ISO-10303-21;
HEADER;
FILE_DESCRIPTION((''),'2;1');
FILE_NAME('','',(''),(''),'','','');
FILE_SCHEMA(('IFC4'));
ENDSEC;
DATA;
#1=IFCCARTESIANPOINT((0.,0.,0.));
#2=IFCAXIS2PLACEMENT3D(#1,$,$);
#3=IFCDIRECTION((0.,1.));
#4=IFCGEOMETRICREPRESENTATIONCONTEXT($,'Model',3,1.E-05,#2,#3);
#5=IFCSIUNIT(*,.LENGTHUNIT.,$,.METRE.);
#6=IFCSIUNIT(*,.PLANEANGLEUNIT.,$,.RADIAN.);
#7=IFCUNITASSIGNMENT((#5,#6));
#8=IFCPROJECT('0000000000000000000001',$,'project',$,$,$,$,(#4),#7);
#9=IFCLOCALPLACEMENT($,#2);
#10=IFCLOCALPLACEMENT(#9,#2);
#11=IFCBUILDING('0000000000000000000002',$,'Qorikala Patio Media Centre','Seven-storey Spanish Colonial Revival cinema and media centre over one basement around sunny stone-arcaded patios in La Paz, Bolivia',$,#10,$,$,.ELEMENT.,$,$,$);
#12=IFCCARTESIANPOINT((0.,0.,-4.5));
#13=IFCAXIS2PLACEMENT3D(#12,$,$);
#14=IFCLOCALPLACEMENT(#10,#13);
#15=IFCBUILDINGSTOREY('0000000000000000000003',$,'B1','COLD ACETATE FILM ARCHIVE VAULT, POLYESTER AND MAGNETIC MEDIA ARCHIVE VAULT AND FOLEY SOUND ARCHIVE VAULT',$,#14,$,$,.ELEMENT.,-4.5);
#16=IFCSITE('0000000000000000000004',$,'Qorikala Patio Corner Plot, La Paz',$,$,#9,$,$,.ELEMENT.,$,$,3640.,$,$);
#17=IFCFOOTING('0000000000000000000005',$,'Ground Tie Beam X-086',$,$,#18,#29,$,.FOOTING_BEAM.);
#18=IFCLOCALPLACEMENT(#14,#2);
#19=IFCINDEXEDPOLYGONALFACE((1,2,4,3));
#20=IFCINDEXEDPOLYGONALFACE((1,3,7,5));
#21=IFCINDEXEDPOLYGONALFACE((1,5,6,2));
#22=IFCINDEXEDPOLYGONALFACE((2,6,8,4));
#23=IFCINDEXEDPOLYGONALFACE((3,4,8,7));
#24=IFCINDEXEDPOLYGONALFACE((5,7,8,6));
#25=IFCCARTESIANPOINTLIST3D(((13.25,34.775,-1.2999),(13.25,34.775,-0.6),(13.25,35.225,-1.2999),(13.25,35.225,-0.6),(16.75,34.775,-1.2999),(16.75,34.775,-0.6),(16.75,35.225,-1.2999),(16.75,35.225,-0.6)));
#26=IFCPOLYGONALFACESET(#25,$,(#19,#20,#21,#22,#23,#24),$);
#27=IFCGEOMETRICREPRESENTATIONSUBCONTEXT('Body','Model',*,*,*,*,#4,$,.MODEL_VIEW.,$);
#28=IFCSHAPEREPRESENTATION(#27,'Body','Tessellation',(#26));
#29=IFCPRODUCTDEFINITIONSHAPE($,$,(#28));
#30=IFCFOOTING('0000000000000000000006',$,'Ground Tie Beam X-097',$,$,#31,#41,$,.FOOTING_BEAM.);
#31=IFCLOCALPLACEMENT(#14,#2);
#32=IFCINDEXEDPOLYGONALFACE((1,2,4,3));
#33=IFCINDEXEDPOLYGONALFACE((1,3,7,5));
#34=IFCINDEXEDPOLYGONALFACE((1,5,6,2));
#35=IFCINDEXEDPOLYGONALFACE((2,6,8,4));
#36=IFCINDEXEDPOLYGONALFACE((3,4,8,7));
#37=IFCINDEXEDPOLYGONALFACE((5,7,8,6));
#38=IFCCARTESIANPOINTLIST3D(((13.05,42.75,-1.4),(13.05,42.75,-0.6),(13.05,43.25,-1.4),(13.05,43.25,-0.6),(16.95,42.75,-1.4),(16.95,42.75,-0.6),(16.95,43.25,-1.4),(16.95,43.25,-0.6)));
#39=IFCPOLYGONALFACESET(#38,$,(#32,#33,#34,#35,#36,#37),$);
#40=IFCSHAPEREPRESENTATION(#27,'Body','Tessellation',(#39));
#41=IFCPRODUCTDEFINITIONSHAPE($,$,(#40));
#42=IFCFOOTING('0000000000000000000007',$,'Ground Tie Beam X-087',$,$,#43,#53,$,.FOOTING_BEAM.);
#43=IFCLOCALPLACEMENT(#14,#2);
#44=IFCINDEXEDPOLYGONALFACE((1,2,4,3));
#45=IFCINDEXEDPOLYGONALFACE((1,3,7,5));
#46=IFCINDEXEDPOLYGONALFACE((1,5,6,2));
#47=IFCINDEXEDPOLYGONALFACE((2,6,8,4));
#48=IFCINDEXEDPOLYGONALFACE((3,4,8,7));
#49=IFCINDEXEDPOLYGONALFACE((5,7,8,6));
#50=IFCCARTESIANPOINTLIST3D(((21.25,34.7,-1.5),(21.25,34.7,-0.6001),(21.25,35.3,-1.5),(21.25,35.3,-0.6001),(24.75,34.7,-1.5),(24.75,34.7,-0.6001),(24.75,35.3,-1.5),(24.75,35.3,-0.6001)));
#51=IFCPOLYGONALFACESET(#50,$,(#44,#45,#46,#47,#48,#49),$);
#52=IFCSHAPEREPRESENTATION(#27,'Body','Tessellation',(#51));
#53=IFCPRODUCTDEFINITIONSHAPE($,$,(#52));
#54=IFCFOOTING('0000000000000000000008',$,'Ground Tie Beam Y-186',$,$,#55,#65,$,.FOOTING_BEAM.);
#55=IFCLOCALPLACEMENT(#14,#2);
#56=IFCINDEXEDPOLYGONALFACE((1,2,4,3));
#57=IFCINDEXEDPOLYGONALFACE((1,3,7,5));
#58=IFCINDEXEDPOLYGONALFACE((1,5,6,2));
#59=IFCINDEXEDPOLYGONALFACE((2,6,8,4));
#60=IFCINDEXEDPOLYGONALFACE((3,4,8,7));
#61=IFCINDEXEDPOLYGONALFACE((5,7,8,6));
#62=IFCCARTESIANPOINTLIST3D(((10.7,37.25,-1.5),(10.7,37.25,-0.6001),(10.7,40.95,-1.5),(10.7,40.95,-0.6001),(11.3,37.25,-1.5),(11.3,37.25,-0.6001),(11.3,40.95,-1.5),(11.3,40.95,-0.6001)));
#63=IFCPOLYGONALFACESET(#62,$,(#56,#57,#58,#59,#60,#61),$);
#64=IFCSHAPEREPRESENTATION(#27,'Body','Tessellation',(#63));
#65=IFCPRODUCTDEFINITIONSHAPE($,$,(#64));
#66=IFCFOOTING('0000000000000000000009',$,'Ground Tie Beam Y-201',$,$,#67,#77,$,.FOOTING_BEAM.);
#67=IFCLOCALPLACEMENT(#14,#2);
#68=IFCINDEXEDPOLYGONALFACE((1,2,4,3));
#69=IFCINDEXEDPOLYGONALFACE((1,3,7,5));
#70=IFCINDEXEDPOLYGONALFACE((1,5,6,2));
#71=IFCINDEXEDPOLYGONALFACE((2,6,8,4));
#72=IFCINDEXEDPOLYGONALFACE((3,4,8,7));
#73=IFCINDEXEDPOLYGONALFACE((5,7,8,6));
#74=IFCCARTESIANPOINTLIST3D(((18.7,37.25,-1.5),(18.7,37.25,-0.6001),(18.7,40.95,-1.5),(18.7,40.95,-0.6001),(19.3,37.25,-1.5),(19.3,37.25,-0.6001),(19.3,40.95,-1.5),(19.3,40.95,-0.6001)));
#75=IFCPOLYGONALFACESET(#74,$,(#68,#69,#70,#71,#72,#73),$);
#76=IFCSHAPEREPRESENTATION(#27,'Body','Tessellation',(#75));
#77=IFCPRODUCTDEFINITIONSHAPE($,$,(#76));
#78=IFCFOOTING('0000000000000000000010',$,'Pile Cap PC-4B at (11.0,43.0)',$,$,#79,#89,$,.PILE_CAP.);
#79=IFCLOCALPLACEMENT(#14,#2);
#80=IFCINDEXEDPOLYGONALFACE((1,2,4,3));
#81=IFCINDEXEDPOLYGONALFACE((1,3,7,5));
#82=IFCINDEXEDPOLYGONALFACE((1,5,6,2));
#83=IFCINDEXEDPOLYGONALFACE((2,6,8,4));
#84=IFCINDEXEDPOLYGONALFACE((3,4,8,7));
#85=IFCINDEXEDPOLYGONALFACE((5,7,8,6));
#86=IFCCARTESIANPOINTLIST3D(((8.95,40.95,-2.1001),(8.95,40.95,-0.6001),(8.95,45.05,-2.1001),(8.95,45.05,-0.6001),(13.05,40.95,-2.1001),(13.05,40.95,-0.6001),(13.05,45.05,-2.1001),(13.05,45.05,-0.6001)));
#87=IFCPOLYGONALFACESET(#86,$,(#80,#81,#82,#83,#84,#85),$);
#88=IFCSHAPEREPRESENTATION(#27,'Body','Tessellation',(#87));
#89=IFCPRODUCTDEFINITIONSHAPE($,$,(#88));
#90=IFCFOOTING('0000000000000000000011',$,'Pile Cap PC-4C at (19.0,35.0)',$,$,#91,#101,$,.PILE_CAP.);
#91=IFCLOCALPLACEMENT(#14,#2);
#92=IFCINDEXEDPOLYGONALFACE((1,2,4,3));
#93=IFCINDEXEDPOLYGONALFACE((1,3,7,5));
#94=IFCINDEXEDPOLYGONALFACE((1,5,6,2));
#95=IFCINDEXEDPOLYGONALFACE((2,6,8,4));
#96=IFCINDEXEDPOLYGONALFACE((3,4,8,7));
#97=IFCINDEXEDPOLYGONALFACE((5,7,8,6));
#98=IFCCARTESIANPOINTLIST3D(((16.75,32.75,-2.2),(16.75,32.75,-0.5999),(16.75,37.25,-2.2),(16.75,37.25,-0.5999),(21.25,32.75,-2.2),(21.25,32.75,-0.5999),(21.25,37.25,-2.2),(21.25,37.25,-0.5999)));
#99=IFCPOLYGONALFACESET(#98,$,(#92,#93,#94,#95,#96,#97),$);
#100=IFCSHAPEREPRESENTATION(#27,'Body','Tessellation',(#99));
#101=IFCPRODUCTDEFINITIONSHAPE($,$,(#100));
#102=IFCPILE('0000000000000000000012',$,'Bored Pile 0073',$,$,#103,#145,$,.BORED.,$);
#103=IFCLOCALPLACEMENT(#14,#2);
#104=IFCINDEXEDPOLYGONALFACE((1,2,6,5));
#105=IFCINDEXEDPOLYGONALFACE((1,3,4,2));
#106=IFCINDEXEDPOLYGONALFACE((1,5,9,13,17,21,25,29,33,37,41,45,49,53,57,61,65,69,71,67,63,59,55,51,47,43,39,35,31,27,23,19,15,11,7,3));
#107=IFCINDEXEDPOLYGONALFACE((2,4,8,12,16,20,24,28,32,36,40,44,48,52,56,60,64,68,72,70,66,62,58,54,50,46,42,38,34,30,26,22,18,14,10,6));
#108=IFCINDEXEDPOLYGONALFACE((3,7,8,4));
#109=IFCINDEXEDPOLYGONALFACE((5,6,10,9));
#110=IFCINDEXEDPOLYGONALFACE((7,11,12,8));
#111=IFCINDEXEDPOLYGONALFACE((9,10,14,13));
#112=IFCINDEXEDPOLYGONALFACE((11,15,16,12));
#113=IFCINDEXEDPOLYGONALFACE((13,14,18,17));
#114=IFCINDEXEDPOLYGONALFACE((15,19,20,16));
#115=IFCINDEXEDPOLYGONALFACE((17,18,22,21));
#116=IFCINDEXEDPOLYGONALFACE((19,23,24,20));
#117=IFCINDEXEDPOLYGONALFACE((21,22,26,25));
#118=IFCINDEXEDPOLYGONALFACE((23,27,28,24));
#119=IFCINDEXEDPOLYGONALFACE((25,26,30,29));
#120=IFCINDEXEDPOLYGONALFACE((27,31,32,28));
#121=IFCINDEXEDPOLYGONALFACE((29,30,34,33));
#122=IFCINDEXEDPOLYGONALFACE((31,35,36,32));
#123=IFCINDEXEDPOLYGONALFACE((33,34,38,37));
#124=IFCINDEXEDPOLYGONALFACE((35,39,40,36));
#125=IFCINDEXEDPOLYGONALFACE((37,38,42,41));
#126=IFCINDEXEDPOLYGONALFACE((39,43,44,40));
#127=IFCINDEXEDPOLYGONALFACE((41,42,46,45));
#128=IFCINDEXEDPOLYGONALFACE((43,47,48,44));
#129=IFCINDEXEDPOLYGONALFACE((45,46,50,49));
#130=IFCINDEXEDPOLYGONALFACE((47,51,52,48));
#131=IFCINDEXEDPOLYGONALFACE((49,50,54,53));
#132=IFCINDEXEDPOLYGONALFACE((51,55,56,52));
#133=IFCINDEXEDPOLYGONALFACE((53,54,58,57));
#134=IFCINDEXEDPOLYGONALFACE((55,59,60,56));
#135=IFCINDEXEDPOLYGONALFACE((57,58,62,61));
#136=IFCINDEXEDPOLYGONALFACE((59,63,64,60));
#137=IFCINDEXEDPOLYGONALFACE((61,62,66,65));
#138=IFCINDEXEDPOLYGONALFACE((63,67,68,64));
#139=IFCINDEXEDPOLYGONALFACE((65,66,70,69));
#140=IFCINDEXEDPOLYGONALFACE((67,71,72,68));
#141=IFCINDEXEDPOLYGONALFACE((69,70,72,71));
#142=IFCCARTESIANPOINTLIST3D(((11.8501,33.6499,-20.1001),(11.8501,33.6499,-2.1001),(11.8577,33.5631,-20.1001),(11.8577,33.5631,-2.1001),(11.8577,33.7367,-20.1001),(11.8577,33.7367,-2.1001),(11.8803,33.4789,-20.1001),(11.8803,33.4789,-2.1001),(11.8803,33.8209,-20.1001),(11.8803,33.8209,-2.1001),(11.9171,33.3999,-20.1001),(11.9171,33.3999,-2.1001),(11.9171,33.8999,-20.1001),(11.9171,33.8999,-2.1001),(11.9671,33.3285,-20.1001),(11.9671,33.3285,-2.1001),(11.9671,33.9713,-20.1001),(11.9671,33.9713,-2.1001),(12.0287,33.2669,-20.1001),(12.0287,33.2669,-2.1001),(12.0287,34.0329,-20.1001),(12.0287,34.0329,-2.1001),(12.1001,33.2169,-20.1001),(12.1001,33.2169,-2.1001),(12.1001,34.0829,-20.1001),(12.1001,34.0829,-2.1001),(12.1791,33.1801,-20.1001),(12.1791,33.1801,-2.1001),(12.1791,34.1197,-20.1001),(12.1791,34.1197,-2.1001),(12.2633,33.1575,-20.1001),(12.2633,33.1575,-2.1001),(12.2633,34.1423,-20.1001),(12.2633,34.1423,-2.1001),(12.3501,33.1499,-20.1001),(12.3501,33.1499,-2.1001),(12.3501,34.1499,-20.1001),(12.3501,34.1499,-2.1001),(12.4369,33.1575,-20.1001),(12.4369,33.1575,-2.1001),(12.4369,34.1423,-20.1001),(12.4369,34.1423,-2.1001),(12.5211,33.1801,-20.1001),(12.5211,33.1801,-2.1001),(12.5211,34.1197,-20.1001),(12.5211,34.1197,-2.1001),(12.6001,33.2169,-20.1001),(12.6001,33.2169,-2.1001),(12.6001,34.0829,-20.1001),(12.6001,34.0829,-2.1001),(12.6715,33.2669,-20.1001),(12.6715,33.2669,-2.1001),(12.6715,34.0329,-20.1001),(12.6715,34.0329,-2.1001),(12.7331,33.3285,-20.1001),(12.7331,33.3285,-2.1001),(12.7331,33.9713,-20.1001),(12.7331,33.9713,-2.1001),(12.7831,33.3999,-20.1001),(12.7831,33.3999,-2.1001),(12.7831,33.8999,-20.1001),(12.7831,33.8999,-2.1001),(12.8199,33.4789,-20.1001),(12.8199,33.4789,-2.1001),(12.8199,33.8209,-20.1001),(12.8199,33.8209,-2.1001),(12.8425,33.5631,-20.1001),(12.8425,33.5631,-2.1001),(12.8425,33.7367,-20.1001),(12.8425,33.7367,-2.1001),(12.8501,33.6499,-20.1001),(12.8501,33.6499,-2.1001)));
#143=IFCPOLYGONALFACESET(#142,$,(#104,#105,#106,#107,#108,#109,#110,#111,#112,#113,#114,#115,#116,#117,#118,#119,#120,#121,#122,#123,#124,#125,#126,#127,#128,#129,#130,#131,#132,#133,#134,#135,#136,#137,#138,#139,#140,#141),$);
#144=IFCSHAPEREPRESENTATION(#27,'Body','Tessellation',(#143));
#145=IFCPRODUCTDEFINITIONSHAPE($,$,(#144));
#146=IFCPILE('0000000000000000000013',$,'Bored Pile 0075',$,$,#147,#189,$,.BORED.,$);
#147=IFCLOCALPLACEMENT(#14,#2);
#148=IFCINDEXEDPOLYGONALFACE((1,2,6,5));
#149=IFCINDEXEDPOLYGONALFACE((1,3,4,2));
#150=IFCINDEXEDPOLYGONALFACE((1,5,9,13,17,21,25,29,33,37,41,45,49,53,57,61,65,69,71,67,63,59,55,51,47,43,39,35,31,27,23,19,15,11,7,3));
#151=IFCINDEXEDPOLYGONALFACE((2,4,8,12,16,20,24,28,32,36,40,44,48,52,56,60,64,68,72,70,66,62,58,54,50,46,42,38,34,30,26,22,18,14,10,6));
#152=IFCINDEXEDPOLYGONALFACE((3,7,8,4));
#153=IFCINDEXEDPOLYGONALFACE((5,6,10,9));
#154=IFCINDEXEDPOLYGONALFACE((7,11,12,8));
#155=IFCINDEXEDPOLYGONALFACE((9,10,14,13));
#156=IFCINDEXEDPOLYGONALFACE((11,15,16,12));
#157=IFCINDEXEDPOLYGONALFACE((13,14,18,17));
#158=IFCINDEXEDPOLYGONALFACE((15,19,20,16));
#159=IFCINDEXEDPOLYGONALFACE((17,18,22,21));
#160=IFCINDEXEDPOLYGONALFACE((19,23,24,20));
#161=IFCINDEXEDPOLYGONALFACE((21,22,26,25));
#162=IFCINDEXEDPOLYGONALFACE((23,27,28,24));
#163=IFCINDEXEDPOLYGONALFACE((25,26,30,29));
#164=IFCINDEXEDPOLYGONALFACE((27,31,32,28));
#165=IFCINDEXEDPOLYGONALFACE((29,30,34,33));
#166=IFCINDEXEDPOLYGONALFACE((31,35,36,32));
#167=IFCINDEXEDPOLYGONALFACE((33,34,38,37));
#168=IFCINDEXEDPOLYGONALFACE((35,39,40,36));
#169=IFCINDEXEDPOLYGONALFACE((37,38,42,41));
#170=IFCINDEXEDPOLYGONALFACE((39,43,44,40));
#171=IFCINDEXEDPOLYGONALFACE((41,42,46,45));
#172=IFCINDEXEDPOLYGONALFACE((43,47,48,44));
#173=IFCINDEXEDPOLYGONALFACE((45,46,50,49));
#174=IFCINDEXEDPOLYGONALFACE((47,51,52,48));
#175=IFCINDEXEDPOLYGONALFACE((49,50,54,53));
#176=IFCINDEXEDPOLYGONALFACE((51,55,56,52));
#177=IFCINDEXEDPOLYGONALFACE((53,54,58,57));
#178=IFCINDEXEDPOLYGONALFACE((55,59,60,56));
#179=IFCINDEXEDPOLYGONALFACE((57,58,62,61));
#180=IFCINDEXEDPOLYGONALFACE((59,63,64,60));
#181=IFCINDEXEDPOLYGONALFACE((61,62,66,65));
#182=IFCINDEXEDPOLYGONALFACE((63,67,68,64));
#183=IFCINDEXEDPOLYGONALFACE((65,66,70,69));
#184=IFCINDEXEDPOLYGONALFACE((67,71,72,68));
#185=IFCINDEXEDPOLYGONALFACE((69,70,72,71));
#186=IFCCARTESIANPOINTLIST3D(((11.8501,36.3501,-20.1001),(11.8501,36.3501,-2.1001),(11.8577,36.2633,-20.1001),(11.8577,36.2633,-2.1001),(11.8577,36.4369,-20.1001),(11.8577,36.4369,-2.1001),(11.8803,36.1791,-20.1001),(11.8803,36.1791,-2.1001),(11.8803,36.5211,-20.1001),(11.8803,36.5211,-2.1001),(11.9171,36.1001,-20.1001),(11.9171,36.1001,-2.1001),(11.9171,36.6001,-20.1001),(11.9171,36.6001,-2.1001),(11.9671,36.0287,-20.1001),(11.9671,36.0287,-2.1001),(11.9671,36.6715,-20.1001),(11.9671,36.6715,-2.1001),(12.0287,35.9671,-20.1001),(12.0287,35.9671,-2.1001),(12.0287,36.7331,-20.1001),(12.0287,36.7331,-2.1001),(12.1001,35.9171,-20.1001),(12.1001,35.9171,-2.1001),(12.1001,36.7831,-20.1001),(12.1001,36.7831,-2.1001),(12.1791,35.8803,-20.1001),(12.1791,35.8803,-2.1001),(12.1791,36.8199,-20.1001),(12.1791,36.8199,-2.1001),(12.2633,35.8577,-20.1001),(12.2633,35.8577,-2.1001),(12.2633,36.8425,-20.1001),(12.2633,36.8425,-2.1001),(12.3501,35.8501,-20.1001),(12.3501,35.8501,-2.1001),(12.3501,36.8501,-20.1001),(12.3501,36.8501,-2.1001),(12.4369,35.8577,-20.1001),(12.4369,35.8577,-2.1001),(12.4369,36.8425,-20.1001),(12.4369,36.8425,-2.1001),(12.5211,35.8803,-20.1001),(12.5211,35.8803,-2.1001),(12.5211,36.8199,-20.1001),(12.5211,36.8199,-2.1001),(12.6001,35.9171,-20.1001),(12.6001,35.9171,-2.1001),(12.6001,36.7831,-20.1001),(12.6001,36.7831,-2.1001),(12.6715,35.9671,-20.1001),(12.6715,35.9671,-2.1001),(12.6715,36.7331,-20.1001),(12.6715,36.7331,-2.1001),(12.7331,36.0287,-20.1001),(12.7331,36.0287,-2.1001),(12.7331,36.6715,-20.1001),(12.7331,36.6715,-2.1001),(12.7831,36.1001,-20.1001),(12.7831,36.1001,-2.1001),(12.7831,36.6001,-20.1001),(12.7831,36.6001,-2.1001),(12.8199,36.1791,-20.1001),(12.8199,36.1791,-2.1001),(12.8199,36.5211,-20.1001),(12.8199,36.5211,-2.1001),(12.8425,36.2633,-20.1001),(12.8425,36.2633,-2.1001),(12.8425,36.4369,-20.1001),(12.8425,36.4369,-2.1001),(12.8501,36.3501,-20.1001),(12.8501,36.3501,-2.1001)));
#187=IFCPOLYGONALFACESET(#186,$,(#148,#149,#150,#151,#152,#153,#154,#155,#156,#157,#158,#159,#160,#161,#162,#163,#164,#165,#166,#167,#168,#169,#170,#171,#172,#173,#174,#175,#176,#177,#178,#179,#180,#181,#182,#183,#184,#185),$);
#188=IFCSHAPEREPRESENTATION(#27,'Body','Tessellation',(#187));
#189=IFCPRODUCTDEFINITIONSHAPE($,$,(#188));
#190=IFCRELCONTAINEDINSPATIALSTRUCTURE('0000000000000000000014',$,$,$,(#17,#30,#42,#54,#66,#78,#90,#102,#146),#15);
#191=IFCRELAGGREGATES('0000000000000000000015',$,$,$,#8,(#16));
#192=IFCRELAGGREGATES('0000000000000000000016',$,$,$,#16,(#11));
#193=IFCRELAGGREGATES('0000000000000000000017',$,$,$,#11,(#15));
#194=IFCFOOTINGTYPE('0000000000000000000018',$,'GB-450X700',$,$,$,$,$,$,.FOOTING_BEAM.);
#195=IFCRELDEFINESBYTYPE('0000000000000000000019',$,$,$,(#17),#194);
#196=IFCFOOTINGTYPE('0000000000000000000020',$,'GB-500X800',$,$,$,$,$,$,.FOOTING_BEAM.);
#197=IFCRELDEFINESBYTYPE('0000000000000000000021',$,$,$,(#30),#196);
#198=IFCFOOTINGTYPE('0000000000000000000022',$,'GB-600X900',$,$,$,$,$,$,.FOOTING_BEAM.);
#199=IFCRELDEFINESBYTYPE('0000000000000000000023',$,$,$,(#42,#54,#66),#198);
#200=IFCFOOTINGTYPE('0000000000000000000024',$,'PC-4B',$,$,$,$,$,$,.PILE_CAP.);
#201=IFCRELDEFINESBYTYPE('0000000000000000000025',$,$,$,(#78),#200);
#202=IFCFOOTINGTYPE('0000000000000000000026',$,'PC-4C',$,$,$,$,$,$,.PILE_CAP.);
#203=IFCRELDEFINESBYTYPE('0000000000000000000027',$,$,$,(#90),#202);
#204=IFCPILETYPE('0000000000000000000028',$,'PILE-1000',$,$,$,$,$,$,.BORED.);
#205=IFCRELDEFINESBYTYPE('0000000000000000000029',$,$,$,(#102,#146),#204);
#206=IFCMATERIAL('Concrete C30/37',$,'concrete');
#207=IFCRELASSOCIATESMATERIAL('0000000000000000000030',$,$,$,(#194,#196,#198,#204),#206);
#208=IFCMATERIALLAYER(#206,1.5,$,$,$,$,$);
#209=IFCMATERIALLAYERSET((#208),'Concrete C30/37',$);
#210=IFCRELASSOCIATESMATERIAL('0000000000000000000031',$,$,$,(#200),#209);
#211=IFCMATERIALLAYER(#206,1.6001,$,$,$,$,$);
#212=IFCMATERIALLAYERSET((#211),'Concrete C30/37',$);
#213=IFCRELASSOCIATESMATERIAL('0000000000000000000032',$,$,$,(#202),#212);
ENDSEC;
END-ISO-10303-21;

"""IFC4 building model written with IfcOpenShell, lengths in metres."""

from ifc_helpers import new_model, si_unit, direction, frame, origin, origin_2d, place, context, subcontext, project, spatial, rectangle, circle, extrude, material, layer, layer_set, material_profile, profile_set, type_object, element, save


model = new_model("IFC4")

# Units and contexts
model_context = context("Model", 3, precision=1e-05, world=origin(), true_north=direction((0.0, 1.0)))
body_context = subcontext(model_context, "Body", "Model", "MODEL_VIEW")
ifc_project = project(units=[si_unit("LENGTHUNIT", "METRE"), si_unit("PLANEANGLEUNIT", "RADIAN")], contexts=[model_context])

# Site, building, storey
site_placement = place(None, origin())
site = spatial("IfcSite", under=ifc_project, at=site_placement, Name="Qorikala Patio Corner Plot, La Paz", CompositionType="ELEMENT", RefElevation=3640.0)
building_placement = place(site_placement, origin())
building = spatial("IfcBuilding", under=site, at=building_placement, Name="Qorikala Patio Media Centre", Description="Seven-storey Spanish Colonial Revival cinema and media centre over one basement around sunny stone-arcaded patios in La Paz, Bolivia", CompositionType="ELEMENT")
storey_placement = place(building_placement, frame((0.0, 0.0, -4.5)))
storey = spatial("IfcBuildingStorey", under=building, at=storey_placement, Name="B1", Description="COLD ACETATE FILM ARCHIVE VAULT, POLYESTER AND MAGNETIC MEDIA ARCHIVE VAULT AND FOLEY SOUND ARCHIVE VAULT", CompositionType="ELEMENT", Elevation=-4.5)

# Footings
ifc_material_1 = material(Name="Concrete C30/37", Category="concrete")
ifc_material_profile_1 = material_profile(ifc_material_1, rectangle(XDim=0.45, YDim=0.7, at=origin_2d()), Name="RC 450x700")
ifc_profile_set_1 = profile_set([ifc_material_profile_1], Name="Concrete C30/37")
footing_type_1 = type_object("IfcFootingType", Name="GB-450X700", PredefinedType="FOOTING_BEAM", material=ifc_profile_set_1)
footing_1_placement = place(storey_placement, frame((13.25, 35.0, -0.95), z_axis=(1.0, 0.0, 0.0), x_axis=(0.0, 1.0, 0.0)))
element("IfcFooting", 1, at=footing_1_placement, inside=storey, type_object=footing_type_1, Name="Ground Tie Beam X-086", PredefinedType="FOOTING_BEAM", context=body_context, shape_type="SweptSolid", body=[
    extrude(rectangle(XDim=0.45, YDim=0.7, at=origin_2d()), origin(), (0.0, 0.0, 1.0), 3.5),
])
ifc_material_profile_2 = material_profile(ifc_material_1, rectangle(XDim=0.5, YDim=0.8, at=origin_2d()), Name="RC 500x800")
ifc_profile_set_2 = profile_set([ifc_material_profile_2], Name="Concrete C30/37")
footing_type_2 = type_object("IfcFootingType", Name="GB-500X800", PredefinedType="FOOTING_BEAM", material=ifc_profile_set_2)
footing_2_placement = place(storey_placement, frame((13.05, 43.0, -1.0), z_axis=(1.0, 0.0, 0.0), x_axis=(0.0, 1.0, 0.0)))
element("IfcFooting", 2, at=footing_2_placement, inside=storey, type_object=footing_type_2, Name="Ground Tie Beam X-097", PredefinedType="FOOTING_BEAM", context=body_context, shape_type="SweptSolid", body=[
    extrude(rectangle(XDim=0.5, YDim=0.8, at=origin_2d()), origin(), (0.0, 0.0, 1.0), 3.8999),
])
ifc_material_profile_3 = material_profile(ifc_material_1, rectangle(XDim=0.6001, YDim=0.8999, at=origin_2d()), Name="RC 600x900")
ifc_profile_set_3 = profile_set([ifc_material_profile_3], Name="Concrete C30/37")
footing_type_3 = type_object("IfcFootingType", Name="GB-600X900", PredefinedType="FOOTING_BEAM", material=ifc_profile_set_3)
footing_3_placement = place(storey_placement, frame((21.25, 35.0, -1.05), z_axis=(1.0, 0.0, 0.0), x_axis=(0.0, 1.0, 0.0)))
element("IfcFooting", 3, at=footing_3_placement, inside=storey, type_object=footing_type_3, Name="Ground Tie Beam X-087", PredefinedType="FOOTING_BEAM", context=body_context, shape_type="SweptSolid", body=[
    extrude(rectangle(XDim=0.6001, YDim=0.8999, at=origin_2d()), origin(), (0.0, 0.0, 1.0), 3.5),
])
for number, where, z_axis, x_axis, name in (
    (4, (11.0, 37.25, -1.05), (0.0, 1.0, 0.0), (-1.0, 0.0, 0.0), "Ground Tie Beam Y-186"),
    (5, (19.0, 37.25, -1.05), (0.0, 1.0, 0.0), (-1.0, 0.0, 0.0), "Ground Tie Beam Y-201"),
):
    element("IfcFooting", number, at=place(storey_placement, frame(where, z_axis=z_axis, x_axis=x_axis)), inside=storey, type_object=footing_type_3, Name=name, PredefinedType="FOOTING_BEAM", context=body_context, shape_type="SweptSolid", body=[
        extrude(rectangle(XDim=0.6001, YDim=0.8999, at=origin_2d()), origin(), (0.0, 0.0, 1.0), 3.7),
    ])
ifc_layer_1 = layer(ifc_material_1, 1.5)
ifc_layer_set_1 = layer_set([ifc_layer_1], Name="Concrete C30/37")
footing_type_4 = type_object("IfcFootingType", Name="PC-4B", PredefinedType="PILE_CAP", material=ifc_layer_set_1)
footing_4_placement = place(storey_placement, frame((11.0, 43.0, -2.1001), z_axis=(0.0, 0.0, 1.0), x_axis=(1.0, 0.0, 0.0)))
element("IfcFooting", 6, at=footing_4_placement, inside=storey, type_object=footing_type_4, Name="Pile Cap PC-4B at (11.0,43.0)", PredefinedType="PILE_CAP", context=body_context, shape_type="SweptSolid", body=[
    extrude(rectangle(XDim=4.1001, YDim=4.1001, at=origin_2d()), origin(), (0.0, 0.0, 1.0), 1.5),
])
ifc_layer_2 = layer(ifc_material_1, 1.6001)
ifc_layer_set_2 = layer_set([ifc_layer_2], Name="Concrete C30/37")
footing_type_5 = type_object("IfcFootingType", Name="PC-4C", PredefinedType="PILE_CAP", material=ifc_layer_set_2)
footing_5_placement = place(storey_placement, frame((19.0, 35.0, -2.2), z_axis=(0.0, 0.0, 1.0), x_axis=(1.0, 0.0, 0.0)))
element("IfcFooting", 7, at=footing_5_placement, inside=storey, type_object=footing_type_5, Name="Pile Cap PC-4C at (19.0,35.0)", PredefinedType="PILE_CAP", context=body_context, shape_type="SweptSolid", body=[
    extrude(rectangle(XDim=4.5, YDim=4.5, at=origin_2d()), origin(), (0.0, 0.0, 1.0), 1.6001),
])

# Piles
ifc_material_profile_4 = material_profile(ifc_material_1, circle(Radius=0.5, at=origin_2d()), Name="BORED PILE 1000")
ifc_profile_set_4 = profile_set([ifc_material_profile_4], Name="Concrete C30/37")
pile_type_1 = type_object("IfcPileType", Name="PILE-1000", PredefinedType="BORED", material=ifc_profile_set_4)
for number, where, z_axis, x_axis, name in (
    (8, (12.3501, 33.6499, -2.1001), (0.0, 0.0, -1.0), (1.0, 0.0, 0.0), "Bored Pile 0073"),
    (9, (12.3501, 36.3501, -2.1001), (0.0, 0.0, -1.0), (1.0, 0.0, 0.0), "Bored Pile 0075"),
):
    element("IfcPile", number, at=place(storey_placement, frame(where, z_axis=z_axis, x_axis=x_axis)), inside=storey, type_object=pile_type_1, Name=name, PredefinedType="BORED", context=body_context, shape_type="SweptSolid", body=[
        extrude(circle(Radius=0.5, at=origin_2d()), origin(), (0.0, 0.0, 1.0), 18.0),
    ])

save(model, "model.ifc")
